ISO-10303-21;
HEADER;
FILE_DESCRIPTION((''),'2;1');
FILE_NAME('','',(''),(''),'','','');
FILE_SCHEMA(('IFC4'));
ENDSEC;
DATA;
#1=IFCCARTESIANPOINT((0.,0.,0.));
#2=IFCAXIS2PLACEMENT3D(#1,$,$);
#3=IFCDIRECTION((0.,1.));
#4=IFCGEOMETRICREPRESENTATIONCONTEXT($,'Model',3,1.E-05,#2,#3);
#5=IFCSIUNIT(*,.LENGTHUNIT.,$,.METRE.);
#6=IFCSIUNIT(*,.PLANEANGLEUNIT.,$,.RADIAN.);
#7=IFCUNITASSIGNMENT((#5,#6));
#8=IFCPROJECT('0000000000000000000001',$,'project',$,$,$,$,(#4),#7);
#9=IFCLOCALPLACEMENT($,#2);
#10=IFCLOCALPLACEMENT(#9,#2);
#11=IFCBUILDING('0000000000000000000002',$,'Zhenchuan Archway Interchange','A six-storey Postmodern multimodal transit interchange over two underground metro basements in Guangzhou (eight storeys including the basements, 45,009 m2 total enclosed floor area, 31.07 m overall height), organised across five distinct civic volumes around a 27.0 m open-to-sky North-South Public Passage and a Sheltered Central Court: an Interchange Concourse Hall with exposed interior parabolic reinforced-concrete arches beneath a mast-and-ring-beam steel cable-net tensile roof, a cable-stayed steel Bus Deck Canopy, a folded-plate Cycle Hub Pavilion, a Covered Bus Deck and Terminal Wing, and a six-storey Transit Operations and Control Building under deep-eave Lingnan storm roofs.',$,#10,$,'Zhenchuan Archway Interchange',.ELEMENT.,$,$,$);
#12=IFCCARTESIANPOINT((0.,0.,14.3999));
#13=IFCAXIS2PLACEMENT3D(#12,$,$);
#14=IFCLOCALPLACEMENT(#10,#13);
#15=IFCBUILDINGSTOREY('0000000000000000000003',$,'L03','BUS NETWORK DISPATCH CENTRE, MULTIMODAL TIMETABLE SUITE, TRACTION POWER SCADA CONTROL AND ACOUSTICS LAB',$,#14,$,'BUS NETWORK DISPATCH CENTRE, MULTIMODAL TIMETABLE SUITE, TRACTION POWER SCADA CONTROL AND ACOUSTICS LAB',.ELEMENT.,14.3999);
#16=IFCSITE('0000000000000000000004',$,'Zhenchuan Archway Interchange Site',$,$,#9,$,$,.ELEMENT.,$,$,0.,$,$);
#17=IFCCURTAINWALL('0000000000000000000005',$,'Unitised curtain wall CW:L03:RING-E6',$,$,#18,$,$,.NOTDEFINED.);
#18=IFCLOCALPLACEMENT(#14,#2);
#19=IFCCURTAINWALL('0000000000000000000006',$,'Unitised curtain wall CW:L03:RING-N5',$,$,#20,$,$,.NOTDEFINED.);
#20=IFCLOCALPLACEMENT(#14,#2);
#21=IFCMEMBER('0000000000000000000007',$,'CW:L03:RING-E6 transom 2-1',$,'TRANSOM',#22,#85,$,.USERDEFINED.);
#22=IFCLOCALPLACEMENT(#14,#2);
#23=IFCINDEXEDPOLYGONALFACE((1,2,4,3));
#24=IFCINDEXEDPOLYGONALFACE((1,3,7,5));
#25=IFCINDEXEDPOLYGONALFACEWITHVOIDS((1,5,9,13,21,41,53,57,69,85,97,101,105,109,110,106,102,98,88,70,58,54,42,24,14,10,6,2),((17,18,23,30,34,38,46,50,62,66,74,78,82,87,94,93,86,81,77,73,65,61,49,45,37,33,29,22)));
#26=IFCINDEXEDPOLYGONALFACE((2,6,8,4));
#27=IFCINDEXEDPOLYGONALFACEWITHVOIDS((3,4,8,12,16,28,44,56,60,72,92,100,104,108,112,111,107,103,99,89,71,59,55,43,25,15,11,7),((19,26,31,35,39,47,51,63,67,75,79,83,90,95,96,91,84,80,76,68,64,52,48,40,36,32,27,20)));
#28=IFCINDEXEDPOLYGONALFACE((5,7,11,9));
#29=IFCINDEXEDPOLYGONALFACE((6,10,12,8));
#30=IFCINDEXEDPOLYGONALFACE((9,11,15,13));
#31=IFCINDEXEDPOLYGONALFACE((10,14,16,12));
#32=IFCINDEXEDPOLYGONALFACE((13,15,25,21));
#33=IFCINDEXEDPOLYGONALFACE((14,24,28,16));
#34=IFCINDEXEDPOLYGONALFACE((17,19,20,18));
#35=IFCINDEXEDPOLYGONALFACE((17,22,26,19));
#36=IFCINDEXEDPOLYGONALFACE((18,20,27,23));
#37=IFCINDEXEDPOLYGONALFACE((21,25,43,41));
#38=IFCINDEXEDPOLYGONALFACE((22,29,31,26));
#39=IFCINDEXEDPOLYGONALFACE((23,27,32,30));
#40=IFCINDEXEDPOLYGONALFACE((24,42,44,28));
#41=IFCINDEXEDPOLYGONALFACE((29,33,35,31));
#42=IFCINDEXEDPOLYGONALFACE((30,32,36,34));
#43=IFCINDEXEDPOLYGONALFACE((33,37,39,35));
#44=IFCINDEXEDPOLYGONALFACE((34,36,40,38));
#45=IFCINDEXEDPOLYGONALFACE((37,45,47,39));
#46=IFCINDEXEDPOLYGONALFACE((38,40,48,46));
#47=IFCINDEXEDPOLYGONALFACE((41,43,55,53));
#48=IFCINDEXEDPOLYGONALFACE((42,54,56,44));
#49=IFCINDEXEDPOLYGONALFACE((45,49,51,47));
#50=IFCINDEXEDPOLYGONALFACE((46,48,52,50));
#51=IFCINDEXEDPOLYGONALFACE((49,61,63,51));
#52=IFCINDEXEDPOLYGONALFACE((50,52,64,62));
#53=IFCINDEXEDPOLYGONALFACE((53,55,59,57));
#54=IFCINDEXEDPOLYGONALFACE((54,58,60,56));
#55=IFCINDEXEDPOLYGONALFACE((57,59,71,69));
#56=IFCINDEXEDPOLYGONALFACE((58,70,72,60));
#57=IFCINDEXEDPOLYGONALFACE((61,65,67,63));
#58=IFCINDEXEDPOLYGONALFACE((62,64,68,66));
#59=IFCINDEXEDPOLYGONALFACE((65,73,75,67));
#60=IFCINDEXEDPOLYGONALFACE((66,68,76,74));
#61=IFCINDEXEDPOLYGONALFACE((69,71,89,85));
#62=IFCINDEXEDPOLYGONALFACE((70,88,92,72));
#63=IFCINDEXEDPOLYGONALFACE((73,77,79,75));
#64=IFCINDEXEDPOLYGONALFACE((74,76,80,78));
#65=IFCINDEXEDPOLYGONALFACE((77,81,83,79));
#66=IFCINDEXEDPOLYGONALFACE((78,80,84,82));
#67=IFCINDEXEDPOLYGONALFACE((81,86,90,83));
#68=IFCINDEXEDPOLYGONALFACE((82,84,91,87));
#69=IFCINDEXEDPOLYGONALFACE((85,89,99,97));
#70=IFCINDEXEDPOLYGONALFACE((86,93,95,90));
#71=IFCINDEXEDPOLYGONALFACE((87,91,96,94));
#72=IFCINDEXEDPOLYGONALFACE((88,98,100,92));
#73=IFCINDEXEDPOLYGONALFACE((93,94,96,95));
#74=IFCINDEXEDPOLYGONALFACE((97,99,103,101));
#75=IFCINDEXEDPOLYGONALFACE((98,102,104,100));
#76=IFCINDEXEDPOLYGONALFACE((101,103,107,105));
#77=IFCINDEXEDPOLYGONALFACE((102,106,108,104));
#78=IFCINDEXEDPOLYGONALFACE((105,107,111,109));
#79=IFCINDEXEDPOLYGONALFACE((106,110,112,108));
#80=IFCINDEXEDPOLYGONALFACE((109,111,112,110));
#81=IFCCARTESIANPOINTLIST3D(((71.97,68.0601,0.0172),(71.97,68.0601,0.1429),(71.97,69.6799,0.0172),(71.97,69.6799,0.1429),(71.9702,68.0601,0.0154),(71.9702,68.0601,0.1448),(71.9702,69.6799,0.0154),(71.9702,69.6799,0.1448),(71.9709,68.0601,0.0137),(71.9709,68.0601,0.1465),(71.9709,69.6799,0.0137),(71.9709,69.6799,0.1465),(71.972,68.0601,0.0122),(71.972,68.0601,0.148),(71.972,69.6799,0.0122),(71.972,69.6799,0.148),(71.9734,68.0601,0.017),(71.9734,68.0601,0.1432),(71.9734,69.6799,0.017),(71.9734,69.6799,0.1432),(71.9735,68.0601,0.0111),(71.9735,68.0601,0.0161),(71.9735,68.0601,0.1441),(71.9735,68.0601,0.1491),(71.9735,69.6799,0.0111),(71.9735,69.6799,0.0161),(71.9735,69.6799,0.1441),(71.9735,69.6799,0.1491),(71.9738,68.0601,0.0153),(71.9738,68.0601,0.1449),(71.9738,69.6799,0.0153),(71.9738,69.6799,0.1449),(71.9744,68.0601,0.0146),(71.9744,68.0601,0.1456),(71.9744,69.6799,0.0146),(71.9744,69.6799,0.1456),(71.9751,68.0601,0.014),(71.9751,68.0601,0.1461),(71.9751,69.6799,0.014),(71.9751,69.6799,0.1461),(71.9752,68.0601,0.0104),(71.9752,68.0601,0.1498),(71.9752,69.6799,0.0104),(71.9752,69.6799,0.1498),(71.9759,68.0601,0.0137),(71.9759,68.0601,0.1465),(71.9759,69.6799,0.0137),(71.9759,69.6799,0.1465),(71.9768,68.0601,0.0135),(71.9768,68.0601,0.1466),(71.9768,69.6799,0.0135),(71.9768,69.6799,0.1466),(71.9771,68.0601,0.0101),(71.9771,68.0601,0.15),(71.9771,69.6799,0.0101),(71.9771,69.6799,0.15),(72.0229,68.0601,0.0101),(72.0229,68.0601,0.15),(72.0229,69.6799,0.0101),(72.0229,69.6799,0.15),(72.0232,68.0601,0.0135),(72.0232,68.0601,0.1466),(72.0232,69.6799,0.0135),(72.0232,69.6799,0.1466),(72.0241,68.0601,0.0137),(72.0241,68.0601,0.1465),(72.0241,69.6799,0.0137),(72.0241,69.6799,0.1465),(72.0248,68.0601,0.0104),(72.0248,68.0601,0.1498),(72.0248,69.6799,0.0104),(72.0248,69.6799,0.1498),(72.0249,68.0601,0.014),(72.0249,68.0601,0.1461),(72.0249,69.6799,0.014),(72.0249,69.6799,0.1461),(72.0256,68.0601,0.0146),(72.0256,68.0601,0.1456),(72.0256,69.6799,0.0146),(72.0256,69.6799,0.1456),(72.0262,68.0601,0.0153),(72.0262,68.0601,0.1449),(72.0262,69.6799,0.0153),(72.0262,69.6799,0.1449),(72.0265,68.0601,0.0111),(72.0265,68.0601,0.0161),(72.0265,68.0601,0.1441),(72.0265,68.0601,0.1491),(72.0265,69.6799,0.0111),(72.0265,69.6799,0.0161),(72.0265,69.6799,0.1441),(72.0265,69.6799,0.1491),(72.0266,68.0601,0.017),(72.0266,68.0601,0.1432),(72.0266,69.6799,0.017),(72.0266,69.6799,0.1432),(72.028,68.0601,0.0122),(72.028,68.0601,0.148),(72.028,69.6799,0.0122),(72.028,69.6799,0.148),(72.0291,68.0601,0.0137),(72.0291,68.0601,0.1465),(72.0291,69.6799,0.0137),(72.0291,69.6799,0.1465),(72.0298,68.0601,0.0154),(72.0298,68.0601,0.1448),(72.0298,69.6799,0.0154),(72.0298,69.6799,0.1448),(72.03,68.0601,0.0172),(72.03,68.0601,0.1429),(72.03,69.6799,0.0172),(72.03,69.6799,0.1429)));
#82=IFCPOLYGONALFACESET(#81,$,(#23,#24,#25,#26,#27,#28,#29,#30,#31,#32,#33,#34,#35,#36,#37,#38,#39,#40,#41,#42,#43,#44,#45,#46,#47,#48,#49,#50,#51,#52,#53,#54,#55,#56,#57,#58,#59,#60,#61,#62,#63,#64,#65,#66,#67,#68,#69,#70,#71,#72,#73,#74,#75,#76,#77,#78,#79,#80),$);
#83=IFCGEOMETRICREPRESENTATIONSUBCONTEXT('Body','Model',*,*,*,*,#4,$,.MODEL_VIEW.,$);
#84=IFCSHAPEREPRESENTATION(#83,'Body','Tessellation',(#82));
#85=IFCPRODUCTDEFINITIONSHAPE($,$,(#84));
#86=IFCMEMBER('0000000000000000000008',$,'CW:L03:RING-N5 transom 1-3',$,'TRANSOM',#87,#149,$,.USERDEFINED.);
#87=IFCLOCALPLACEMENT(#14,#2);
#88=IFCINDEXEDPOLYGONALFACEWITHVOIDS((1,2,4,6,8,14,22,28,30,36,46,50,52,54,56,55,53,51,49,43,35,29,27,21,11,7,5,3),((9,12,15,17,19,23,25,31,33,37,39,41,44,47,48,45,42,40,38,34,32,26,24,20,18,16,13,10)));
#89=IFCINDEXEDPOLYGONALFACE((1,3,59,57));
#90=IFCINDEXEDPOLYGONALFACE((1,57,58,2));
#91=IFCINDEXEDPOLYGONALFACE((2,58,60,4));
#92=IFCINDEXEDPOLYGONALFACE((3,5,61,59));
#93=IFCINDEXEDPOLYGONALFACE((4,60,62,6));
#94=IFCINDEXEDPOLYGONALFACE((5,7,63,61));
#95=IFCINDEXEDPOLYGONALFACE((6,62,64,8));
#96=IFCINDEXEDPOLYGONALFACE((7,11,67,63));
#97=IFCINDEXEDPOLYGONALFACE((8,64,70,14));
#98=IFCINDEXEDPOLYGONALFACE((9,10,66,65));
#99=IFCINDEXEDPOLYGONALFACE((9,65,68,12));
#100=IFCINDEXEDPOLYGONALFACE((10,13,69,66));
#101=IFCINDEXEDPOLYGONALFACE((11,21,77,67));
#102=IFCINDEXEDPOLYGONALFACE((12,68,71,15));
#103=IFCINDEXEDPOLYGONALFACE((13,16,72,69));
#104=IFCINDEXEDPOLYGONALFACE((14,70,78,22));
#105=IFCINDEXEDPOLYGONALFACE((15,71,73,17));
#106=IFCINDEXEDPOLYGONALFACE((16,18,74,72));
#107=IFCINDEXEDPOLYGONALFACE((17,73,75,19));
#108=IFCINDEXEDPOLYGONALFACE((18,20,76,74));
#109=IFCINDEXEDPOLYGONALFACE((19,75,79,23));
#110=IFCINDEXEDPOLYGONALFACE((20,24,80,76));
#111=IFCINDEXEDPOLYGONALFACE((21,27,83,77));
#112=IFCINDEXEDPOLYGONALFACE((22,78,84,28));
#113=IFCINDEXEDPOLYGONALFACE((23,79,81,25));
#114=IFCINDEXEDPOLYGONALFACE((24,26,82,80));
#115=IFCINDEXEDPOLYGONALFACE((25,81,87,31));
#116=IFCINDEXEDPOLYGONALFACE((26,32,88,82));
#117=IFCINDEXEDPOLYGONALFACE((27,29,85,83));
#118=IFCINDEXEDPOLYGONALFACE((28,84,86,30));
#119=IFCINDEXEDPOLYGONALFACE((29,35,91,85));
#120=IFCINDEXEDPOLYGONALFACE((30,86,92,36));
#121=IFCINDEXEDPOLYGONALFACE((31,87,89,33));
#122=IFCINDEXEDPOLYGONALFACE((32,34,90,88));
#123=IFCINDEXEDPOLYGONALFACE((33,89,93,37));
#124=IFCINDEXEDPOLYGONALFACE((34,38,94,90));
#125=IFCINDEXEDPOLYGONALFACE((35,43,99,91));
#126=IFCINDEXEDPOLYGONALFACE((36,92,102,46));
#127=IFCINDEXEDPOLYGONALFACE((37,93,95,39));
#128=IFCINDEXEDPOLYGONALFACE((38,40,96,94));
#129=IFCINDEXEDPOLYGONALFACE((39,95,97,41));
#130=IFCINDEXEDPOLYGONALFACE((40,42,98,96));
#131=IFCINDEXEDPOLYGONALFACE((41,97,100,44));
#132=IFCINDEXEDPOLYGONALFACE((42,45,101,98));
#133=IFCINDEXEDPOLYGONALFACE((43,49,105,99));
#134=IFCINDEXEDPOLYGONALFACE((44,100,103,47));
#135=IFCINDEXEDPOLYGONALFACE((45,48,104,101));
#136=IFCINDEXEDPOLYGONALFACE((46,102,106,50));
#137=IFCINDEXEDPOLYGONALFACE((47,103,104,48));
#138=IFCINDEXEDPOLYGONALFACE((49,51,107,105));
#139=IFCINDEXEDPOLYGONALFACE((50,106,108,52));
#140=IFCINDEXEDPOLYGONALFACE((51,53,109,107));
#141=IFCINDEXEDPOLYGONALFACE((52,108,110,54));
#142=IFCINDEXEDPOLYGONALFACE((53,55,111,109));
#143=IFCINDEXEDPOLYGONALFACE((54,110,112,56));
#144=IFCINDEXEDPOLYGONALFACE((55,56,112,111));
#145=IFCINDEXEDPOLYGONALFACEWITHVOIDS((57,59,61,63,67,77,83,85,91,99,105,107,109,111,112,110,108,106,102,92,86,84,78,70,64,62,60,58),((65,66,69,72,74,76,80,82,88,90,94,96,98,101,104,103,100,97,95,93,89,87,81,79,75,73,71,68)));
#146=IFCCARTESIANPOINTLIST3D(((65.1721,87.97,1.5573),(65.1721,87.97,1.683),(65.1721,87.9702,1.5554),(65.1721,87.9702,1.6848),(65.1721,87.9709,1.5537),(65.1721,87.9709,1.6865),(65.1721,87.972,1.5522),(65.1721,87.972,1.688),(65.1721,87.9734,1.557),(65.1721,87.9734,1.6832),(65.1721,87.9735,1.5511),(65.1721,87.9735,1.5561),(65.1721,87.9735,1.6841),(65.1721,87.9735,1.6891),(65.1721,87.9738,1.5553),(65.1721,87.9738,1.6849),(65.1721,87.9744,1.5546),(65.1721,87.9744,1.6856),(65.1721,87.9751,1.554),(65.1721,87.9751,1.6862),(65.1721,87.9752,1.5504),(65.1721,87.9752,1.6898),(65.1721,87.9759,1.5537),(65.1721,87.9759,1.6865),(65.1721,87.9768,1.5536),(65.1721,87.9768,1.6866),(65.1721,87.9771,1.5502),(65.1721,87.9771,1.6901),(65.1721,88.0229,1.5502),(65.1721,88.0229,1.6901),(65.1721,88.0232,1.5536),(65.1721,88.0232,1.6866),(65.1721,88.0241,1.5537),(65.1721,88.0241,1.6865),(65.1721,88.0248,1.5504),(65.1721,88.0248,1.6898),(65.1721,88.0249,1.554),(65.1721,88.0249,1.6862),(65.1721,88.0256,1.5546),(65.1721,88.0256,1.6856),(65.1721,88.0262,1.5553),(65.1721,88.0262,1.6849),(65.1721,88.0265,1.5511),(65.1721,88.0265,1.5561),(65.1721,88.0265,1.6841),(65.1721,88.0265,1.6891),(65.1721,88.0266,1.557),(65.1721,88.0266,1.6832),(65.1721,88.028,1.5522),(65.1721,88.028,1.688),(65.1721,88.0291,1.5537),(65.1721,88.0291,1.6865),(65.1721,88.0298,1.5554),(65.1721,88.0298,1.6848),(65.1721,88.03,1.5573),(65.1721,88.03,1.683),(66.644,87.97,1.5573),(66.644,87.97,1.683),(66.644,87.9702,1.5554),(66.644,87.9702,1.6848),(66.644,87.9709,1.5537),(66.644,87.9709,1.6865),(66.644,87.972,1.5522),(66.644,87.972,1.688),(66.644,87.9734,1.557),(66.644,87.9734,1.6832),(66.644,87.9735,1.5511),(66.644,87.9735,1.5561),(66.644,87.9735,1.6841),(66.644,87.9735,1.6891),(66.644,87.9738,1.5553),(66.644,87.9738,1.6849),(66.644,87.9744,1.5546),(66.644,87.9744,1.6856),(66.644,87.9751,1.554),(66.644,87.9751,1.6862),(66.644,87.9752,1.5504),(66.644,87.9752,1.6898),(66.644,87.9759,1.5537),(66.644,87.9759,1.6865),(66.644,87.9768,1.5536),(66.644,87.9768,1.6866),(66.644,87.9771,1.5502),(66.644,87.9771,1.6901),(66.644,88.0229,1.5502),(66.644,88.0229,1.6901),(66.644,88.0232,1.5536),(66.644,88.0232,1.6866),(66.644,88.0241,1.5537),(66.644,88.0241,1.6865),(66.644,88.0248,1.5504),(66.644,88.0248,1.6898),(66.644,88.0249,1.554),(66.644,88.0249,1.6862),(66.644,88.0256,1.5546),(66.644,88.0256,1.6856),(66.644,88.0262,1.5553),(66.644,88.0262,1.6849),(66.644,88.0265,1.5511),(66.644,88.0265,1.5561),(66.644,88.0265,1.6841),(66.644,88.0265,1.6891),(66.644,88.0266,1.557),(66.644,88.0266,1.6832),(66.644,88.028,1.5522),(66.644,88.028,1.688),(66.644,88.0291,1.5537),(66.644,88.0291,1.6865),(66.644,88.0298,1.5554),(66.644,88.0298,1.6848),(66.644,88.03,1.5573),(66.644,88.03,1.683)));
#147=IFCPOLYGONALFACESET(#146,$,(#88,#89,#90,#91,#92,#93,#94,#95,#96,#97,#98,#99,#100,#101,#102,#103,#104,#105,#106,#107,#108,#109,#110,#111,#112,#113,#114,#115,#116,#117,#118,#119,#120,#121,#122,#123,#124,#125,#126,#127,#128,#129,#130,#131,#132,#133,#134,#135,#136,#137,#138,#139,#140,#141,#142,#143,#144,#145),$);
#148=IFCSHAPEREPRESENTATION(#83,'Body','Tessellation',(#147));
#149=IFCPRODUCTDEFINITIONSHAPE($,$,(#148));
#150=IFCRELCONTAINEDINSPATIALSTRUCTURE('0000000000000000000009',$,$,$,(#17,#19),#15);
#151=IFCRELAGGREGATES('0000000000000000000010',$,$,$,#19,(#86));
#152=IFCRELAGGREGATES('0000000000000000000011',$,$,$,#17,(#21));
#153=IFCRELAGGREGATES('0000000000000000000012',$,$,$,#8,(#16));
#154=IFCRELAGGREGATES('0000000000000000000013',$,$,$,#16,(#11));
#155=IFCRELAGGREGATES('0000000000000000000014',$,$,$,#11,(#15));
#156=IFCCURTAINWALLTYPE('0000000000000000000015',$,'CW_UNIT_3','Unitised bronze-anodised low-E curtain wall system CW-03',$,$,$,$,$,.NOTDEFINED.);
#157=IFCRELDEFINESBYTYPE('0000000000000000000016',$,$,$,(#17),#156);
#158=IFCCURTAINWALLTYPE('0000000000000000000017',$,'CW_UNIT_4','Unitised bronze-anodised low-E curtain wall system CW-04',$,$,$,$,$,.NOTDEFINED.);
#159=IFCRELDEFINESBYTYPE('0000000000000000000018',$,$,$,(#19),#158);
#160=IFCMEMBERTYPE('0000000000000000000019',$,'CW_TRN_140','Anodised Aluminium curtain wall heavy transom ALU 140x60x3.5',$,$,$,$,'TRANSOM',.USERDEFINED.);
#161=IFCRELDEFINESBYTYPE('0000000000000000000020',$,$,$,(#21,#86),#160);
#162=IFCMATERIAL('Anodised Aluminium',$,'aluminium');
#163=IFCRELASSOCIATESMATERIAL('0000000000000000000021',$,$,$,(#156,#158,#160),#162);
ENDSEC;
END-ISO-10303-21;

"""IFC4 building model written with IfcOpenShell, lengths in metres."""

from ifc_helpers import new_model, si_unit, direction, frame, origin, origin_2d, place, context, subcontext, project, spatial, hollow_rectangle, extrude, material, material_profile, profile_set, type_object, element, aggregate, save


model = new_model("IFC4")

# Units and contexts
model_context = context("Model", 3, precision=1e-05, world=origin(), true_north=direction((0.0, 1.0)))
body_context = subcontext(model_context, "Body", "Model", "MODEL_VIEW")
ifc_project = project(units=[si_unit("LENGTHUNIT", "METRE"), si_unit("PLANEANGLEUNIT", "RADIAN")], contexts=[model_context])

# Site, building, storey
site_placement = place(None, origin())
site = spatial("IfcSite", under=ifc_project, at=site_placement, Name="Zhenchuan Archway Interchange Site", CompositionType="ELEMENT", RefElevation=0.0)
building_placement = place(site_placement, origin())
building = spatial("IfcBuilding", under=site, at=building_placement, Name="Zhenchuan Archway Interchange", Description="A six-storey Postmodern multimodal transit interchange over two underground metro basements in Guangzhou (eight storeys including the basements, 45,009 m2 total enclosed floor area, 31.07 m overall height), organised across five distinct civic volumes around a 27.0 m open-to-sky North-South Public Passage and a Sheltered Central Court: an Interchange Concourse Hall with exposed interior parabolic reinforced-concrete arches beneath a mast-and-ring-beam steel cable-net tensile roof, a cable-stayed steel Bus Deck Canopy, a folded-plate Cycle Hub Pavilion, a Covered Bus Deck and Terminal Wing, and a six-storey Transit Operations and Control Building under deep-eave Lingnan storm roofs.", LongName="Zhenchuan Archway Interchange", CompositionType="ELEMENT")
storey_placement = place(building_placement, frame((0.0, 0.0, 14.3999)))
storey = spatial("IfcBuildingStorey", under=building, at=storey_placement, Name="L03", Description="BUS NETWORK DISPATCH CENTRE, MULTIMODAL TIMETABLE SUITE, TRACTION POWER SCADA CONTROL AND ACOUSTICS LAB", LongName="BUS NETWORK DISPATCH CENTRE, MULTIMODAL TIMETABLE SUITE, TRACTION POWER SCADA CONTROL AND ACOUSTICS LAB", CompositionType="ELEMENT", Elevation=14.3999)

# Curtain walls
ifc_material_1 = material(Name="Anodised Aluminium", Category="aluminium")
curtain_wall_type_1 = type_object("IfcCurtainWallType", Name="CW_UNIT_3", Description="Unitised bronze-anodised low-E curtain wall system CW-03", PredefinedType="NOTDEFINED", material=ifc_material_1)
curtain_wall_1_placement = place(storey_placement, origin())
curtain_wall_1 = element("IfcCurtainWall", 1, at=curtain_wall_1_placement, inside=storey, type_object=curtain_wall_type_1, Name="Unitised curtain wall CW:L03:RING-E6", PredefinedType="NOTDEFINED")
curtain_wall_type_2 = type_object("IfcCurtainWallType", Name="CW_UNIT_4", Description="Unitised bronze-anodised low-E curtain wall system CW-04", PredefinedType="NOTDEFINED", material=ifc_material_1)
curtain_wall_2_placement = place(storey_placement, origin())
curtain_wall_2 = element("IfcCurtainWall", 2, at=curtain_wall_2_placement, inside=storey, type_object=curtain_wall_type_2, Name="Unitised curtain wall CW:L03:RING-N5", PredefinedType="NOTDEFINED")

# Members
ifc_material_profile_1 = material_profile(ifc_material_1, hollow_rectangle(XDim=0.0601, YDim=0.1399, WallThickness=0.0034, InnerFilletRadius=0.0034, OuterFilletRadius=0.0071, at=origin_2d()), Name="ALU 140x60x3.5")
ifc_profile_set_1 = profile_set([ifc_material_profile_1], Name="Anodised Aluminium")
member_type_1 = type_object("IfcMemberType", Name="CW_TRN_140", Description="Anodised Aluminium curtain wall heavy transom ALU 140x60x3.5", ElementType="TRANSOM", PredefinedType="USERDEFINED", material=ifc_profile_set_1)
member_1_placement = place(storey_placement, frame((72.0, 68.0601, 0.0801), z_axis=(0.0, 1.0, 0.0), x_axis=(-1.0, 0.0, 0.0)))
member_1 = element("IfcMember", 3, at=member_1_placement, type_object=member_type_1, Name="CW:L03:RING-E6 transom 2-1", ObjectType="TRANSOM", PredefinedType="USERDEFINED", context=body_context, shape_type="SweptSolid", body=[
    extrude(hollow_rectangle(XDim=0.0601, YDim=0.1399, WallThickness=0.0034, InnerFilletRadius=0.0034, OuterFilletRadius=0.0071, at=origin_2d()), origin(), (0.0, 0.0, 1.0), 1.6199),
])
member_2_placement = place(storey_placement, frame((65.1721, 88.0, 1.6201), z_axis=(1.0, 0.0, 0.0), x_axis=(0.0, 1.0, 0.0)))
member_2 = element("IfcMember", 4, at=member_2_placement, type_object=member_type_1, Name="CW:L03:RING-N5 transom 1-3", ObjectType="TRANSOM", PredefinedType="USERDEFINED", context=body_context, shape_type="SweptSolid", body=[
    extrude(hollow_rectangle(XDim=0.0601, YDim=0.1399, WallThickness=0.0034, InnerFilletRadius=0.0034, OuterFilletRadius=0.0071, at=origin_2d()), origin(), (0.0, 0.0, 1.0), 1.4719),
])

aggregate(curtain_wall_2, [member_2])
aggregate(curtain_wall_1, [member_1])

save(model, "model.ifc")
